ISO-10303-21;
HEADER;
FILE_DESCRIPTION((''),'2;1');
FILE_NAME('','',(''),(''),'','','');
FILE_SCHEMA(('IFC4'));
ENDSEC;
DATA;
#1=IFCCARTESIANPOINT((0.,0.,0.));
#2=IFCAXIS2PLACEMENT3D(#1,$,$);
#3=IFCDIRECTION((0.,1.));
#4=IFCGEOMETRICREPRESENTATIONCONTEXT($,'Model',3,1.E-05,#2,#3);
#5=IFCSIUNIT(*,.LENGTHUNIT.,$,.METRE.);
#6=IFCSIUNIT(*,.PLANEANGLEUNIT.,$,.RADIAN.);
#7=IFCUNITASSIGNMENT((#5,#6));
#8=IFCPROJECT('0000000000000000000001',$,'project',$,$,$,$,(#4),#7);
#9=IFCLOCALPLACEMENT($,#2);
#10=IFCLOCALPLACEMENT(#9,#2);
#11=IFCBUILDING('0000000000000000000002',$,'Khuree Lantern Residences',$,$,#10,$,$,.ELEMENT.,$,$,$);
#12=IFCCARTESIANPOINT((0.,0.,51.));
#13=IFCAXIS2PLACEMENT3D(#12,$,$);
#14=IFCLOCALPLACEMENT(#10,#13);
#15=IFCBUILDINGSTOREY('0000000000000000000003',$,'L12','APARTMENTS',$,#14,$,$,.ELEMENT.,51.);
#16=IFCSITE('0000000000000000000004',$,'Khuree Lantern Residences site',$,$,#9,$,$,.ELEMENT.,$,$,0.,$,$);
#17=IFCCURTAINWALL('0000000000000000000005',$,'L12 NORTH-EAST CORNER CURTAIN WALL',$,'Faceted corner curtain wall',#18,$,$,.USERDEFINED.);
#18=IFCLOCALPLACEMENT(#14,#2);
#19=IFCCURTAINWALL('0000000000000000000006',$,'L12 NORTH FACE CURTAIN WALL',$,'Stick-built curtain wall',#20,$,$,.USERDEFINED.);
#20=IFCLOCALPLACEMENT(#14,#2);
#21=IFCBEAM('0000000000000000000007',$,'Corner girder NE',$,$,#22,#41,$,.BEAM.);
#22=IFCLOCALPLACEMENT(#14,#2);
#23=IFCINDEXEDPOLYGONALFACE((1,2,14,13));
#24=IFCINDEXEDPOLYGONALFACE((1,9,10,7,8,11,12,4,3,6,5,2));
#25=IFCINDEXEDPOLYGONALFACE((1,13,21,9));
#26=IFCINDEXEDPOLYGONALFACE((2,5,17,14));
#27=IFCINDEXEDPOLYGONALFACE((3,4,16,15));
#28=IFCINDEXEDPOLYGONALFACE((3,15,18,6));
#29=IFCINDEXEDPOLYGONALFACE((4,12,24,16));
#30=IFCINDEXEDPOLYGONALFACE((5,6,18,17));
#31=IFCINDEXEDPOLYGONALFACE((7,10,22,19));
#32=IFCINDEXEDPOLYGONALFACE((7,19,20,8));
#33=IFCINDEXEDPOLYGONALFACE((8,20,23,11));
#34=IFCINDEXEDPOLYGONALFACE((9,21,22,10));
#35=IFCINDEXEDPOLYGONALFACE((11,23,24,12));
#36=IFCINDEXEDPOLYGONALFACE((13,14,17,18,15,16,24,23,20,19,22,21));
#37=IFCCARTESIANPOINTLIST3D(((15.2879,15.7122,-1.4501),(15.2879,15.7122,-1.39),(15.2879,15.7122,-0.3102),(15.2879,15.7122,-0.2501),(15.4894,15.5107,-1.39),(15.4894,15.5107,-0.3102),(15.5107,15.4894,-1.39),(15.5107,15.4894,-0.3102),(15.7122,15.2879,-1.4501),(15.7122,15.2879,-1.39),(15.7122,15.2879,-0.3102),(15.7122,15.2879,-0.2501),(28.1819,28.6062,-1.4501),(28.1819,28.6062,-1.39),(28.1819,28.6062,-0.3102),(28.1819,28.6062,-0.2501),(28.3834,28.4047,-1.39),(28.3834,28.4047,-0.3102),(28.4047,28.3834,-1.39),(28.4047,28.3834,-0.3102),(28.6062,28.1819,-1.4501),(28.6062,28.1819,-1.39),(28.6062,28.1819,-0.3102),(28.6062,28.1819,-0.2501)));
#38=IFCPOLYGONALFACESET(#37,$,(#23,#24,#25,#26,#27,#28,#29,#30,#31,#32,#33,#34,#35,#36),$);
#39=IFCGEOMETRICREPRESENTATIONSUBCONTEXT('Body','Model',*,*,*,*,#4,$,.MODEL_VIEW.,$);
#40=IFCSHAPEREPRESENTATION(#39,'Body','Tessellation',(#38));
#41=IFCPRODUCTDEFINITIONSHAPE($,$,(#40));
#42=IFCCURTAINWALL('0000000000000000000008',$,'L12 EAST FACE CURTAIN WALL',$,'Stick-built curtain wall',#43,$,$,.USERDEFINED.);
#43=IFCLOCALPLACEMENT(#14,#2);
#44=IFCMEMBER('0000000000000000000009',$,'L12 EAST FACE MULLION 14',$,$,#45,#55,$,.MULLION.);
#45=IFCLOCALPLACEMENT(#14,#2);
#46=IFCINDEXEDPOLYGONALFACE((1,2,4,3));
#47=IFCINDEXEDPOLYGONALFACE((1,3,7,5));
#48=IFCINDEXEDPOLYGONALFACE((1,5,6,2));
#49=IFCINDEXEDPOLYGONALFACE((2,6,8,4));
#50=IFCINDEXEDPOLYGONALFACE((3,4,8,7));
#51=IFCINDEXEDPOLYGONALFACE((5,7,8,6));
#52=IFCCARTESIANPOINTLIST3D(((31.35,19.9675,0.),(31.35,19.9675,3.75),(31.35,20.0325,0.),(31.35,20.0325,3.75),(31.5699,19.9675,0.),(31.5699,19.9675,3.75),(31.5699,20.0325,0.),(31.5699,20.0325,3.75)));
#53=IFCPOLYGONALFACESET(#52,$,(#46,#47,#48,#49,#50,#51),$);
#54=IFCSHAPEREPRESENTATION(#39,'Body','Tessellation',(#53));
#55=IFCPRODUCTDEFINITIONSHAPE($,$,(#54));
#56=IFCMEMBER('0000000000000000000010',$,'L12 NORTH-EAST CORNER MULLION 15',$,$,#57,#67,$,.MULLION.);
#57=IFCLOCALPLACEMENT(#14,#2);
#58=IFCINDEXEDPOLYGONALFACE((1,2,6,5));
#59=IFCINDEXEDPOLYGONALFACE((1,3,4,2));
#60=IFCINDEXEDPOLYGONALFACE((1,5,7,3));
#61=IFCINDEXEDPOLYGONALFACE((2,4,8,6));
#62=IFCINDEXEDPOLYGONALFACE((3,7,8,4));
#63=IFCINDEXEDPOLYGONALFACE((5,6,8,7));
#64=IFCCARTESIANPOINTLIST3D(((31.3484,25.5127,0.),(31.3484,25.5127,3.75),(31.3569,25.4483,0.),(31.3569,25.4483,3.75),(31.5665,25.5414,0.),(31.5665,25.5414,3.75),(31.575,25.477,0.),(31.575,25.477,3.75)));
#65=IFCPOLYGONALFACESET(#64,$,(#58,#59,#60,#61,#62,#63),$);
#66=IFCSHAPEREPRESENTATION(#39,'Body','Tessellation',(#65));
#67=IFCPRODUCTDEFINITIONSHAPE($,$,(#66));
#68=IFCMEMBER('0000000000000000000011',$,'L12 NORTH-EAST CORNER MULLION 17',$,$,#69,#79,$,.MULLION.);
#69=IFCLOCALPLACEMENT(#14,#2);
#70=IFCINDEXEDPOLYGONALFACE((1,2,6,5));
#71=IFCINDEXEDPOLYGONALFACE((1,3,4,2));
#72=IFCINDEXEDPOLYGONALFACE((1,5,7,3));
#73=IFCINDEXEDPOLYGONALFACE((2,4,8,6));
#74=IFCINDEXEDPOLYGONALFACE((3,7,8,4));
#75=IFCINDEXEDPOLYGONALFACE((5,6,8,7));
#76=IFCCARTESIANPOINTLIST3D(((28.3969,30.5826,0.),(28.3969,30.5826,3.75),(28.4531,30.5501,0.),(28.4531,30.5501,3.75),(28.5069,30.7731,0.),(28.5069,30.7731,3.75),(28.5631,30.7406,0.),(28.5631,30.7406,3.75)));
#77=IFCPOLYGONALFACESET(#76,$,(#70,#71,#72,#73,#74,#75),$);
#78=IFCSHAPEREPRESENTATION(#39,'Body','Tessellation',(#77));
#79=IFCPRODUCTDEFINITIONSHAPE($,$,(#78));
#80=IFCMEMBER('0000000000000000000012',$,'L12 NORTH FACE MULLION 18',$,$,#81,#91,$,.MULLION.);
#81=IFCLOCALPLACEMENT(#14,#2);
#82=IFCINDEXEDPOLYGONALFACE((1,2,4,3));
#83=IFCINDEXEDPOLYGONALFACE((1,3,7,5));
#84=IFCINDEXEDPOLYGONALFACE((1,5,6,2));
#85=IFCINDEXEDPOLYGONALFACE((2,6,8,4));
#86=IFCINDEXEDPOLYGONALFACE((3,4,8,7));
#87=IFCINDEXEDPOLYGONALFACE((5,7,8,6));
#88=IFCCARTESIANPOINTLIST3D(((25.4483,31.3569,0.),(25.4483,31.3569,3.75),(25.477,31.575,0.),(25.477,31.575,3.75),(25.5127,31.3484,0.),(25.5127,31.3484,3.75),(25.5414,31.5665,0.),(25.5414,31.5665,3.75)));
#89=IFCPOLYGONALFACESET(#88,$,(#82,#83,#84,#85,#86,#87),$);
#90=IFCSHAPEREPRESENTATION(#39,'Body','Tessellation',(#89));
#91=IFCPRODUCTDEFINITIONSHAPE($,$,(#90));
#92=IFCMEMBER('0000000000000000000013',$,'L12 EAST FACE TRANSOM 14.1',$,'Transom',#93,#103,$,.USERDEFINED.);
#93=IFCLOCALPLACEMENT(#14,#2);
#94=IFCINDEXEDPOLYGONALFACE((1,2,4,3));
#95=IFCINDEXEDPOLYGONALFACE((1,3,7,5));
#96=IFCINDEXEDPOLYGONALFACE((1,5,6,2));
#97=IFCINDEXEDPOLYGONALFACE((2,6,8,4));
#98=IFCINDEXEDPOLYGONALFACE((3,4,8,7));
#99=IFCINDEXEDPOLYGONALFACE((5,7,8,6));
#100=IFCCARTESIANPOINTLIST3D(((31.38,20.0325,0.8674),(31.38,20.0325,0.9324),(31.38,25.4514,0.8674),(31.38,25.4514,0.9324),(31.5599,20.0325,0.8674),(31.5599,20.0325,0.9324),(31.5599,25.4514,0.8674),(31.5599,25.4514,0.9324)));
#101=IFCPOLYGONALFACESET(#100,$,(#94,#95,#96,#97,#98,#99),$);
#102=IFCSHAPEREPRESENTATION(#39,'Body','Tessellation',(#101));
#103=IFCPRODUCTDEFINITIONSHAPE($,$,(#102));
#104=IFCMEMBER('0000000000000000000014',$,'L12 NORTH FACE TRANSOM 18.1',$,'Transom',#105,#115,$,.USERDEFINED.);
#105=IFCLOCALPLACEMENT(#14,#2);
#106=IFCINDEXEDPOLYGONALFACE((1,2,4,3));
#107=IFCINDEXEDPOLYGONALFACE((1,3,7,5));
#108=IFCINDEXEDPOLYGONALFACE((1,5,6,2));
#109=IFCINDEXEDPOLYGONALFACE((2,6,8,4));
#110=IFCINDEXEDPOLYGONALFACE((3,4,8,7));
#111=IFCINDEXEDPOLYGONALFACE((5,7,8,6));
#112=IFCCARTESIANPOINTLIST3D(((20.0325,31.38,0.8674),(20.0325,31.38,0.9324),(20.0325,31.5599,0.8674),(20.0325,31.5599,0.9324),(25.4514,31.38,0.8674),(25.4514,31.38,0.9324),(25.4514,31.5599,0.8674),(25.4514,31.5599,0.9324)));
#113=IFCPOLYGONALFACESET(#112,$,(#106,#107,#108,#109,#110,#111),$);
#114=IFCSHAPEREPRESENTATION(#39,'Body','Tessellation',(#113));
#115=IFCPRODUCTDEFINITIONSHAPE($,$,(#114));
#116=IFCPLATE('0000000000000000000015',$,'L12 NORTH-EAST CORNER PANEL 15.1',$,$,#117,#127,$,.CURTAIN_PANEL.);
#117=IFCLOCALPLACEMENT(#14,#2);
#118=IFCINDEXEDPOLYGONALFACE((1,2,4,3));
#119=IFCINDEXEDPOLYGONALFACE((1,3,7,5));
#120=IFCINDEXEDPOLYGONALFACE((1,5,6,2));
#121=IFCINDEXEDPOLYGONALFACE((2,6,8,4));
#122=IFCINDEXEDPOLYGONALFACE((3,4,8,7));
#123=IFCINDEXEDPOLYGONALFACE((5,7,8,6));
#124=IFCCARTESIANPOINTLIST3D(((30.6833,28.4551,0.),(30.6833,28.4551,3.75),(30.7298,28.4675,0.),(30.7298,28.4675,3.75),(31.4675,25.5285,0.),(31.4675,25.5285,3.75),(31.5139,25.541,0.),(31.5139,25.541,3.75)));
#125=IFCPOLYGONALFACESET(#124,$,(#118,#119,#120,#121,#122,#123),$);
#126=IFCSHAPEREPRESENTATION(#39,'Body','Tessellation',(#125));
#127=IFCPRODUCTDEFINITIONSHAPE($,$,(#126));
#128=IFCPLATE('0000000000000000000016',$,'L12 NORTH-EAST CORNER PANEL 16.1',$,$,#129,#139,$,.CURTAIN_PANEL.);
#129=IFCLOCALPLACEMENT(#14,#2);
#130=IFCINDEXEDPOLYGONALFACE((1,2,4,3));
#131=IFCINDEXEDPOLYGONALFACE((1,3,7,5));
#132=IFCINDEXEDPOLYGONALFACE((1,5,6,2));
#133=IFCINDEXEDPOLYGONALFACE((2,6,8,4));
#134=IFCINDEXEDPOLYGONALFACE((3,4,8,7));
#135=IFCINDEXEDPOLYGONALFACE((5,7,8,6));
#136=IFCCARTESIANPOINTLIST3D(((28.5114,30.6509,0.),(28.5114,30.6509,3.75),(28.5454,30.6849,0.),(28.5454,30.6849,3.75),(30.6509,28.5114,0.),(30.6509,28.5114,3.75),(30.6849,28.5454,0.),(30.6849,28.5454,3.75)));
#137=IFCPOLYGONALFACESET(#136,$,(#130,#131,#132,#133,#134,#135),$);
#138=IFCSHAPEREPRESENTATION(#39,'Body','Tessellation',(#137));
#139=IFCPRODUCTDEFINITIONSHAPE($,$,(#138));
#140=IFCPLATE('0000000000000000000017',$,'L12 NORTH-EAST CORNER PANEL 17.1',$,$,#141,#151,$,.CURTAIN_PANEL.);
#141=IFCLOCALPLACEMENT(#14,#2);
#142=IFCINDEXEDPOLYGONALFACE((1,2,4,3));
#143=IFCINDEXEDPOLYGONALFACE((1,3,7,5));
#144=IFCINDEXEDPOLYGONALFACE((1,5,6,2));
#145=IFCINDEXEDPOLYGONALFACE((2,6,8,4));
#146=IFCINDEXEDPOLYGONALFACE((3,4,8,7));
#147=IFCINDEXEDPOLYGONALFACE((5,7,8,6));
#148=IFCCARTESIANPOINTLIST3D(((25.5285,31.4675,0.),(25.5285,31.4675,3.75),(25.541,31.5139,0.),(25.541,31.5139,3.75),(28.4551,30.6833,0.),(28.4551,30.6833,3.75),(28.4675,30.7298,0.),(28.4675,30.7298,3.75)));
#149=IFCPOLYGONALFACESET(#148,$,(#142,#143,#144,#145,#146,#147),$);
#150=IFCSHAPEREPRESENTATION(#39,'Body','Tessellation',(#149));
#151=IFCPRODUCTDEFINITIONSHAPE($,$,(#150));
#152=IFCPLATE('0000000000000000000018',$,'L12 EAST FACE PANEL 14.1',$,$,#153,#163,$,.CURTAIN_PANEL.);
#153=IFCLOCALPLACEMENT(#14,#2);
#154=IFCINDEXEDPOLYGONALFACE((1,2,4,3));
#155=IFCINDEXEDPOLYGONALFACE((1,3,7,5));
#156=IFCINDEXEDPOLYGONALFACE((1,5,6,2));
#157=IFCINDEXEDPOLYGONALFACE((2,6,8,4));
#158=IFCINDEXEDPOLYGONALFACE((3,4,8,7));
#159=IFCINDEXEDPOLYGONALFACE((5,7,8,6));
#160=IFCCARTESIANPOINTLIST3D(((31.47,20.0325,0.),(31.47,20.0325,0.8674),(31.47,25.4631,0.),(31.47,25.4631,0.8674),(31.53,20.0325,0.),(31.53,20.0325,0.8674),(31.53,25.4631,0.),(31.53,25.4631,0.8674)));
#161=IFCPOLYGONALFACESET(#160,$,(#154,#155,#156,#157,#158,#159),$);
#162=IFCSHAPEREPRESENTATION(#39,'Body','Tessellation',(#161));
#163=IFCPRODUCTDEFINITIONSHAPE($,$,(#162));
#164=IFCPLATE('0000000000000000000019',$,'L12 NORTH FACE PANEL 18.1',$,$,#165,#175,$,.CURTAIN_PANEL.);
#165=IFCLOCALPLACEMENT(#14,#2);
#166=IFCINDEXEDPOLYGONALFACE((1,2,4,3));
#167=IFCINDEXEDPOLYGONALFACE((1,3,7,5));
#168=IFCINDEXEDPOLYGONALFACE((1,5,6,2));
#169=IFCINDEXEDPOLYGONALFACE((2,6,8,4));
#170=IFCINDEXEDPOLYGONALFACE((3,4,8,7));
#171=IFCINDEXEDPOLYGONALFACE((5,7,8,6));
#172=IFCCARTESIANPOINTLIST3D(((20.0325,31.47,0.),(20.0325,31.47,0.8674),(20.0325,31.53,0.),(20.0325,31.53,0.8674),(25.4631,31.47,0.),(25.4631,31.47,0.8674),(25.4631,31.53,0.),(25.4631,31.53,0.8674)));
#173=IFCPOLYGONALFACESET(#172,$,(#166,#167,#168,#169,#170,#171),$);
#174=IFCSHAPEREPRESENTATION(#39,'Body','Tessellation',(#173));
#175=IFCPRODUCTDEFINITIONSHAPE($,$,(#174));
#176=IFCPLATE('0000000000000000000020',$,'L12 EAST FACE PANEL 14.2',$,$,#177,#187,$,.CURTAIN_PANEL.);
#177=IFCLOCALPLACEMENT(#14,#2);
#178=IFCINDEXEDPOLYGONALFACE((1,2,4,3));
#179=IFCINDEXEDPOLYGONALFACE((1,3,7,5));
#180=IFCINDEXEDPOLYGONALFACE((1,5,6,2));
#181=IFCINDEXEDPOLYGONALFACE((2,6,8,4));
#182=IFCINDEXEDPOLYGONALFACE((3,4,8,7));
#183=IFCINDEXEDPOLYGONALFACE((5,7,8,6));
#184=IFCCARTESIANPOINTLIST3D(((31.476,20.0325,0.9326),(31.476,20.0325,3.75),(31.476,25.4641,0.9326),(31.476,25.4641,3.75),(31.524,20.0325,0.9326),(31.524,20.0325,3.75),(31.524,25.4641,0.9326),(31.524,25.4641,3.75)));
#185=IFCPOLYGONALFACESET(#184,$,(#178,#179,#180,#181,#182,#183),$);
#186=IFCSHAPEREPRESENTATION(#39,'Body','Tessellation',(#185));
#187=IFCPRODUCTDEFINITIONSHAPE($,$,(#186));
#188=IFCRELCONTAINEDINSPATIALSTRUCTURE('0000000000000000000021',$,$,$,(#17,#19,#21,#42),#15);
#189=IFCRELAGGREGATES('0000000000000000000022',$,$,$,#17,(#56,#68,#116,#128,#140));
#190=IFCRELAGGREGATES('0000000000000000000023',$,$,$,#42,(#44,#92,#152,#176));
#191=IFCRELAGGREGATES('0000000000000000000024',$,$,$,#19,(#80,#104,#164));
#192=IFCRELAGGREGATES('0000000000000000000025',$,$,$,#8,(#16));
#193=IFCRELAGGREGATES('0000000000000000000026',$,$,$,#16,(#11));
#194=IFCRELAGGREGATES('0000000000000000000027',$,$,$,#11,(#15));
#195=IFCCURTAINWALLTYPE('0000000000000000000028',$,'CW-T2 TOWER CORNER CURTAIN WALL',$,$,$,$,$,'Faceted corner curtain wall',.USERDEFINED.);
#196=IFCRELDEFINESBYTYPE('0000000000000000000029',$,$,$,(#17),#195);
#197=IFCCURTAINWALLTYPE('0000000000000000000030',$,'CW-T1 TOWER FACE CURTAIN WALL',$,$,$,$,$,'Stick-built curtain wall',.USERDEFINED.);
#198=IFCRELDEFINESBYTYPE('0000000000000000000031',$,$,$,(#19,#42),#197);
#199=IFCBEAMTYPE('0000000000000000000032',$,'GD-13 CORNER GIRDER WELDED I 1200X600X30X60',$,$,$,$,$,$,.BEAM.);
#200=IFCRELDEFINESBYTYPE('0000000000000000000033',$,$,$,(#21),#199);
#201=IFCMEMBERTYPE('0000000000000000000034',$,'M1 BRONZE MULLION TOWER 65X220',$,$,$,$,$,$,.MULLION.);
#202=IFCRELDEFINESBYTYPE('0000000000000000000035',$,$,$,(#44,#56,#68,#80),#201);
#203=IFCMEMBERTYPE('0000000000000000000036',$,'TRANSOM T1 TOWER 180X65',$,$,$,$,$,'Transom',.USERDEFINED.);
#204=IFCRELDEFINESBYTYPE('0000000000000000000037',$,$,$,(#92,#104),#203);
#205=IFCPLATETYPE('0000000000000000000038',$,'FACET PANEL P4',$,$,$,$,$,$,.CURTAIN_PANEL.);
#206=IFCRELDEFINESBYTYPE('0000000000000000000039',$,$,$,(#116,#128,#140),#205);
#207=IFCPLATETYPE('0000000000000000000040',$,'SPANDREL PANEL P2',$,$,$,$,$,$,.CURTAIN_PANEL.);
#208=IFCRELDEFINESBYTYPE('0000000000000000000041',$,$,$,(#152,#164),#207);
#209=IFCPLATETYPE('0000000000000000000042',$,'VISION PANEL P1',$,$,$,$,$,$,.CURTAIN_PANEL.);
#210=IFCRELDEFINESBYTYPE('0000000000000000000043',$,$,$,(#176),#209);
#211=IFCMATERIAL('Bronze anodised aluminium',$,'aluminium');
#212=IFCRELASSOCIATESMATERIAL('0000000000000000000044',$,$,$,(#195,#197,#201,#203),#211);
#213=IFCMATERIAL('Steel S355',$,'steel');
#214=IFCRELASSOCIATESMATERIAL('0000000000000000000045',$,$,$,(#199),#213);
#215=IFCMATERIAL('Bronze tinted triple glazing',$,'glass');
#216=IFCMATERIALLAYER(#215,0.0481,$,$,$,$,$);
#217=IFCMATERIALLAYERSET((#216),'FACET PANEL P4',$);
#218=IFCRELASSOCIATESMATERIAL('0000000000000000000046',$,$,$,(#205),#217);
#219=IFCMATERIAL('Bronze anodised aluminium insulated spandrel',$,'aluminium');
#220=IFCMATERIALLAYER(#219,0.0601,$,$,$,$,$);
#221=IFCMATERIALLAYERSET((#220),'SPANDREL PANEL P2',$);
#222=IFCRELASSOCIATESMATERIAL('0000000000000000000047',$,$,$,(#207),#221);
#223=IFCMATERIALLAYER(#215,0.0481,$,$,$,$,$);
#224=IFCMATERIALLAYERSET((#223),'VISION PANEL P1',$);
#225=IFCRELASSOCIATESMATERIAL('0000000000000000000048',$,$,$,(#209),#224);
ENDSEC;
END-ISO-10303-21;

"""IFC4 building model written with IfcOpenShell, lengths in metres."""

from ifc_helpers import new_model, si_unit, direction, frame, origin, origin_2d, place, context, subcontext, project, spatial, rectangle, i_section, extrude, material, layer, layer_set, material_profile, profile_set, type_object, element, aggregate, save


model = new_model("IFC4")

# Units and contexts
model_context = context("Model", 3, precision=1e-05, world=origin(), true_north=direction((0.0, 1.0)))
body_context = subcontext(model_context, "Body", "Model", "MODEL_VIEW")
ifc_project = project(units=[si_unit("LENGTHUNIT", "METRE"), si_unit("PLANEANGLEUNIT", "RADIAN")], contexts=[model_context])

# Site, building, storey
site_placement = place(None, origin())
site = spatial("IfcSite", under=ifc_project, at=site_placement, Name="Khuree Lantern Residences site", CompositionType="ELEMENT", RefElevation=0.0)
building_placement = place(site_placement, origin())
building = spatial("IfcBuilding", under=site, at=building_placement, Name="Khuree Lantern Residences", CompositionType="ELEMENT")
storey_placement = place(building_placement, frame((0.0, 0.0, 51.0)))
storey = spatial("IfcBuildingStorey", under=building, at=storey_placement, Name="L12", Description="APARTMENTS", CompositionType="ELEMENT", Elevation=51.0)

# Shared definitions
ifc_material_1 = material(Name="Steel S355", Category="steel")

# Curtain walls
ifc_material_2 = material(Name="Bronze anodised aluminium", Category="aluminium")
curtain_wall_type_1 = type_object("IfcCurtainWallType", Name="CW-T2 TOWER CORNER CURTAIN WALL", ElementType="Faceted corner curtain wall", PredefinedType="USERDEFINED", material=ifc_material_2)
curtain_wall_1_placement = place(storey_placement, origin())
curtain_wall_1 = element("IfcCurtainWall", 1, at=curtain_wall_1_placement, inside=storey, type_object=curtain_wall_type_1, Name="L12 NORTH-EAST CORNER CURTAIN WALL", ObjectType="Faceted corner curtain wall", PredefinedType="USERDEFINED")
curtain_wall_type_2 = type_object("IfcCurtainWallType", Name="CW-T1 TOWER FACE CURTAIN WALL", ElementType="Stick-built curtain wall", PredefinedType="USERDEFINED", material=ifc_material_2)
curtain_wall_2_placement = place(storey_placement, origin())
curtain_wall_2 = element("IfcCurtainWall", 2, at=curtain_wall_2_placement, inside=storey, type_object=curtain_wall_type_2, Name="L12 NORTH FACE CURTAIN WALL", ObjectType="Stick-built curtain wall", PredefinedType="USERDEFINED")

# Beam
ifc_material_profile_1 = material_profile(ifc_material_1, i_section(OverallWidth=0.6001, OverallDepth=1.2, WebThickness=0.03, FlangeThickness=0.0601, at=origin_2d()), Name="WELDED I 1200X600X30X60")
ifc_profile_set_1 = profile_set([ifc_material_profile_1], Name="Steel S355")
beam_type_1 = type_object("IfcBeamType", Name="GD-13 CORNER GIRDER WELDED I 1200X600X30X60", PredefinedType="BEAM", material=ifc_profile_set_1)
beam_1_placement = place(storey_placement, frame((28.394, 28.394, -0.8501), z_axis=(-0.707107, -0.707107, 0.0), x_axis=(0.707107, -0.707107, 0.0)))
element("IfcBeam", 3, at=beam_1_placement, inside=storey, type_object=beam_type_1, Name="Corner girder NE", PredefinedType="BEAM", context=body_context, shape_type="SweptSolid", body=[
    extrude(i_section(OverallWidth=0.6001, OverallDepth=1.2, WebThickness=0.03, FlangeThickness=0.0601, at=origin_2d()), origin(), (0.0, 0.0, 1.0), 18.2349),
])

# Curtain wall, member
curtain_wall_3_placement = place(storey_placement, origin())
curtain_wall_3 = element("IfcCurtainWall", 4, at=curtain_wall_3_placement, inside=storey, type_object=curtain_wall_type_2, Name="L12 EAST FACE CURTAIN WALL", ObjectType="Stick-built curtain wall", PredefinedType="USERDEFINED")
ifc_material_profile_2 = material_profile(ifc_material_2, rectangle(XDim=0.0649, YDim=0.22, at=origin_2d()), Name="M1 65X220")
ifc_profile_set_2 = profile_set([ifc_material_profile_2], Name="Bronze anodised aluminium")
member_type_1 = type_object("IfcMemberType", Name="M1 BRONZE MULLION TOWER 65X220", PredefinedType="MULLION", material=ifc_profile_set_2)
member_1_placement = place(storey_placement, frame((31.46, 20.0, 0.0), z_axis=(0.0, 0.0, 1.0), x_axis=(0.0, 1.0, 0.0)))
member_1 = element("IfcMember", 5, at=member_1_placement, type_object=member_type_1, Name="L12 EAST FACE MULLION 14", PredefinedType="MULLION", context=body_context, shape_type="SweptSolid", body=[
    extrude(rectangle(XDim=0.0649, YDim=0.22, at=origin_2d()), origin(), (0.0, 0.0, 1.0), 3.75),
])

# Members
member_2_placement = place(storey_placement, frame((31.4617, 25.4949, 0.0), z_axis=(0.0, 0.0, 1.0), x_axis=(-0.130526, 0.991445, 0.0)))
member_2 = element("IfcMember", 6, at=member_2_placement, type_object=member_type_1, Name="L12 NORTH-EAST CORNER MULLION 15", PredefinedType="MULLION", context=body_context, shape_type="SweptSolid", body=[
    extrude(rectangle(XDim=0.0649, YDim=0.22, at=origin_2d()), origin(), (0.0, 0.0, 1.0), 3.75),
])
member_3_placement = place(storey_placement, frame((28.48, 30.6616, 0.0), z_axis=(0.0, 0.0, 1.0), x_axis=(-0.866025, 0.5, 0.0)))
member_3 = element("IfcMember", 7, at=member_3_placement, type_object=member_type_1, Name="L12 NORTH-EAST CORNER MULLION 17", PredefinedType="MULLION", context=body_context, shape_type="SweptSolid", body=[
    extrude(rectangle(XDim=0.0649, YDim=0.22, at=origin_2d()), origin(), (0.0, 0.0, 1.0), 3.75),
])
member_4_placement = place(storey_placement, frame((25.4949, 31.4617, 0.0), z_axis=(0.0, 0.0, 1.0), x_axis=(-0.991445, 0.130526, 0.0)))
member_4 = element("IfcMember", 8, at=member_4_placement, type_object=member_type_1, Name="L12 NORTH FACE MULLION 18", PredefinedType="MULLION", context=body_context, shape_type="SweptSolid", body=[
    extrude(rectangle(XDim=0.0649, YDim=0.22, at=origin_2d()), origin(), (0.0, 0.0, 1.0), 3.75),
])
ifc_material_profile_3 = material_profile(ifc_material_2, rectangle(XDim=0.1799, YDim=0.0649, at=origin_2d()), Name="T1 180X65")
ifc_profile_set_3 = profile_set([ifc_material_profile_3], Name="Bronze anodised aluminium")
member_type_2 = type_object("IfcMemberType", Name="TRANSOM T1 TOWER 180X65", ElementType="Transom", PredefinedType="USERDEFINED", material=ifc_profile_set_3)
member_5_placement = place(storey_placement, frame((31.47, 20.0325, 0.8999), z_axis=(0.0, 1.0, 0.0), x_axis=(-1.0, 0.0, 0.0)))
member_5 = element("IfcMember", 9, at=member_5_placement, type_object=member_type_2, Name="L12 EAST FACE TRANSOM 14.1", ObjectType="Transom", PredefinedType="USERDEFINED", context=body_context, shape_type="SweptSolid", body=[
    extrude(rectangle(XDim=0.1799, YDim=0.0649, at=origin_2d()), origin(), (0.0, 0.0, 1.0), 5.4189),
])
member_6_placement = place(storey_placement, frame((25.4514, 31.47, 0.8999), z_axis=(-1.0, 0.0, 0.0), x_axis=(0.0, -1.0, 0.0)))
member_6 = element("IfcMember", 10, at=member_6_placement, type_object=member_type_2, Name="L12 NORTH FACE TRANSOM 18.1", ObjectType="Transom", PredefinedType="USERDEFINED", context=body_context, shape_type="SweptSolid", body=[
    extrude(rectangle(XDim=0.1799, YDim=0.0649, at=origin_2d()), origin(), (0.0, 0.0, 1.0), 5.4189),
])

# Plates
ifc_material_3 = material(Name="Bronze tinted triple glazing", Category="glass")
ifc_layer_1 = layer(ifc_material_3, 0.0481)
ifc_layer_set_1 = layer_set([ifc_layer_1], Name="FACET PANEL P4")
plate_type_1 = type_object("IfcPlateType", Name="FACET PANEL P4", PredefinedType="CURTAIN_PANEL", material=ifc_layer_set_1)
plate_1_placement = place(storey_placement, frame((31.0986, 26.998, 0.0), z_axis=(0.0, 0.0, 1.0), x_axis=(-0.258819, 0.965926, 0.0)))
plate_1 = element("IfcPlate", 11, at=plate_1_placement, type_object=plate_type_1, Name="L12 NORTH-EAST CORNER PANEL 15.1", PredefinedType="CURTAIN_PANEL", context=body_context, shape_type="SweptSolid", body=[
    extrude(rectangle(XDim=3.0298, YDim=0.0481, at=origin_2d()), origin(), (0.0, 0.0, 1.0), 3.75),
])
plate_2_placement = place(storey_placement, frame((29.5981, 29.5981, 0.0), z_axis=(0.0, 0.0, 1.0), x_axis=(-0.707107, 0.707107, 0.0)))
plate_2 = element("IfcPlate", 12, at=plate_2_placement, type_object=plate_type_1, Name="L12 NORTH-EAST CORNER PANEL 16.1", PredefinedType="CURTAIN_PANEL", context=body_context, shape_type="SweptSolid", body=[
    extrude(rectangle(XDim=3.0256, YDim=0.0481, at=origin_2d()), origin(), (0.0, 0.0, 1.0), 3.75),
])
plate_3_placement = place(storey_placement, frame((26.998, 31.0986, 0.0), z_axis=(0.0, 0.0, 1.0), x_axis=(-0.965926, 0.258819, 0.0)))
plate_3 = element("IfcPlate", 13, at=plate_3_placement, type_object=plate_type_1, Name="L12 NORTH-EAST CORNER PANEL 17.1", PredefinedType="CURTAIN_PANEL", context=body_context, shape_type="SweptSolid", body=[
    extrude(rectangle(XDim=3.0298, YDim=0.0481, at=origin_2d()), origin(), (0.0, 0.0, 1.0), 3.75),
])
aggregate(curtain_wall_1, [member_2, member_3, plate_1, plate_2, plate_3])
ifc_material_4 = material(Name="Bronze anodised aluminium insulated spandrel", Category="aluminium")
ifc_layer_2 = layer(ifc_material_4, 0.0601)
ifc_layer_set_2 = layer_set([ifc_layer_2], Name="SPANDREL PANEL P2")
plate_type_2 = type_object("IfcPlateType", Name="SPANDREL PANEL P2", PredefinedType="CURTAIN_PANEL", material=ifc_layer_set_2)
plate_4_placement = place(storey_placement, frame((31.5, 22.7478, 0.0), z_axis=(0.0, 0.0, 1.0), x_axis=(0.0, 1.0, 0.0)))
plate_4 = element("IfcPlate", 14, at=plate_4_placement, type_object=plate_type_2, Name="L12 EAST FACE PANEL 14.1", PredefinedType="CURTAIN_PANEL", context=body_context, shape_type="SweptSolid", body=[
    extrude(rectangle(XDim=5.4307, YDim=0.0601, at=origin_2d()), origin(), (0.0, 0.0, 1.0), 0.8674),
])
plate_5_placement = place(storey_placement, frame((22.7478, 31.5, 0.0), z_axis=(0.0, 0.0, 1.0), x_axis=(-1.0, 0.0, 0.0)))
plate_5 = element("IfcPlate", 15, at=plate_5_placement, type_object=plate_type_2, Name="L12 NORTH FACE PANEL 18.1", PredefinedType="CURTAIN_PANEL", context=body_context, shape_type="SweptSolid", body=[
    extrude(rectangle(XDim=5.4307, YDim=0.0601, at=origin_2d()), origin(), (0.0, 0.0, 1.0), 0.8674),
])
ifc_layer_3 = layer(ifc_material_3, 0.0481)
ifc_layer_set_3 = layer_set([ifc_layer_3], Name="VISION PANEL P1")
plate_type_3 = type_object("IfcPlateType", Name="VISION PANEL P1", PredefinedType="CURTAIN_PANEL", material=ifc_layer_set_3)
plate_6_placement = place(storey_placement, frame((31.5, 22.7483, 0.9326), z_axis=(0.0, 0.0, 1.0), x_axis=(0.0, 1.0, 0.0)))
plate_6 = element("IfcPlate", 16, at=plate_6_placement, type_object=plate_type_3, Name="L12 EAST FACE PANEL 14.2", PredefinedType="CURTAIN_PANEL", context=body_context, shape_type="SweptSolid", body=[
    extrude(rectangle(XDim=5.4316, YDim=0.0481, at=origin_2d()), origin(), (0.0, 0.0, 1.0), 2.8174),
])
aggregate(curtain_wall_3, [member_1, member_5, plate_4, plate_6])
aggregate(curtain_wall_2, [member_4, member_6, plate_5])

save(model, "model.ifc")
